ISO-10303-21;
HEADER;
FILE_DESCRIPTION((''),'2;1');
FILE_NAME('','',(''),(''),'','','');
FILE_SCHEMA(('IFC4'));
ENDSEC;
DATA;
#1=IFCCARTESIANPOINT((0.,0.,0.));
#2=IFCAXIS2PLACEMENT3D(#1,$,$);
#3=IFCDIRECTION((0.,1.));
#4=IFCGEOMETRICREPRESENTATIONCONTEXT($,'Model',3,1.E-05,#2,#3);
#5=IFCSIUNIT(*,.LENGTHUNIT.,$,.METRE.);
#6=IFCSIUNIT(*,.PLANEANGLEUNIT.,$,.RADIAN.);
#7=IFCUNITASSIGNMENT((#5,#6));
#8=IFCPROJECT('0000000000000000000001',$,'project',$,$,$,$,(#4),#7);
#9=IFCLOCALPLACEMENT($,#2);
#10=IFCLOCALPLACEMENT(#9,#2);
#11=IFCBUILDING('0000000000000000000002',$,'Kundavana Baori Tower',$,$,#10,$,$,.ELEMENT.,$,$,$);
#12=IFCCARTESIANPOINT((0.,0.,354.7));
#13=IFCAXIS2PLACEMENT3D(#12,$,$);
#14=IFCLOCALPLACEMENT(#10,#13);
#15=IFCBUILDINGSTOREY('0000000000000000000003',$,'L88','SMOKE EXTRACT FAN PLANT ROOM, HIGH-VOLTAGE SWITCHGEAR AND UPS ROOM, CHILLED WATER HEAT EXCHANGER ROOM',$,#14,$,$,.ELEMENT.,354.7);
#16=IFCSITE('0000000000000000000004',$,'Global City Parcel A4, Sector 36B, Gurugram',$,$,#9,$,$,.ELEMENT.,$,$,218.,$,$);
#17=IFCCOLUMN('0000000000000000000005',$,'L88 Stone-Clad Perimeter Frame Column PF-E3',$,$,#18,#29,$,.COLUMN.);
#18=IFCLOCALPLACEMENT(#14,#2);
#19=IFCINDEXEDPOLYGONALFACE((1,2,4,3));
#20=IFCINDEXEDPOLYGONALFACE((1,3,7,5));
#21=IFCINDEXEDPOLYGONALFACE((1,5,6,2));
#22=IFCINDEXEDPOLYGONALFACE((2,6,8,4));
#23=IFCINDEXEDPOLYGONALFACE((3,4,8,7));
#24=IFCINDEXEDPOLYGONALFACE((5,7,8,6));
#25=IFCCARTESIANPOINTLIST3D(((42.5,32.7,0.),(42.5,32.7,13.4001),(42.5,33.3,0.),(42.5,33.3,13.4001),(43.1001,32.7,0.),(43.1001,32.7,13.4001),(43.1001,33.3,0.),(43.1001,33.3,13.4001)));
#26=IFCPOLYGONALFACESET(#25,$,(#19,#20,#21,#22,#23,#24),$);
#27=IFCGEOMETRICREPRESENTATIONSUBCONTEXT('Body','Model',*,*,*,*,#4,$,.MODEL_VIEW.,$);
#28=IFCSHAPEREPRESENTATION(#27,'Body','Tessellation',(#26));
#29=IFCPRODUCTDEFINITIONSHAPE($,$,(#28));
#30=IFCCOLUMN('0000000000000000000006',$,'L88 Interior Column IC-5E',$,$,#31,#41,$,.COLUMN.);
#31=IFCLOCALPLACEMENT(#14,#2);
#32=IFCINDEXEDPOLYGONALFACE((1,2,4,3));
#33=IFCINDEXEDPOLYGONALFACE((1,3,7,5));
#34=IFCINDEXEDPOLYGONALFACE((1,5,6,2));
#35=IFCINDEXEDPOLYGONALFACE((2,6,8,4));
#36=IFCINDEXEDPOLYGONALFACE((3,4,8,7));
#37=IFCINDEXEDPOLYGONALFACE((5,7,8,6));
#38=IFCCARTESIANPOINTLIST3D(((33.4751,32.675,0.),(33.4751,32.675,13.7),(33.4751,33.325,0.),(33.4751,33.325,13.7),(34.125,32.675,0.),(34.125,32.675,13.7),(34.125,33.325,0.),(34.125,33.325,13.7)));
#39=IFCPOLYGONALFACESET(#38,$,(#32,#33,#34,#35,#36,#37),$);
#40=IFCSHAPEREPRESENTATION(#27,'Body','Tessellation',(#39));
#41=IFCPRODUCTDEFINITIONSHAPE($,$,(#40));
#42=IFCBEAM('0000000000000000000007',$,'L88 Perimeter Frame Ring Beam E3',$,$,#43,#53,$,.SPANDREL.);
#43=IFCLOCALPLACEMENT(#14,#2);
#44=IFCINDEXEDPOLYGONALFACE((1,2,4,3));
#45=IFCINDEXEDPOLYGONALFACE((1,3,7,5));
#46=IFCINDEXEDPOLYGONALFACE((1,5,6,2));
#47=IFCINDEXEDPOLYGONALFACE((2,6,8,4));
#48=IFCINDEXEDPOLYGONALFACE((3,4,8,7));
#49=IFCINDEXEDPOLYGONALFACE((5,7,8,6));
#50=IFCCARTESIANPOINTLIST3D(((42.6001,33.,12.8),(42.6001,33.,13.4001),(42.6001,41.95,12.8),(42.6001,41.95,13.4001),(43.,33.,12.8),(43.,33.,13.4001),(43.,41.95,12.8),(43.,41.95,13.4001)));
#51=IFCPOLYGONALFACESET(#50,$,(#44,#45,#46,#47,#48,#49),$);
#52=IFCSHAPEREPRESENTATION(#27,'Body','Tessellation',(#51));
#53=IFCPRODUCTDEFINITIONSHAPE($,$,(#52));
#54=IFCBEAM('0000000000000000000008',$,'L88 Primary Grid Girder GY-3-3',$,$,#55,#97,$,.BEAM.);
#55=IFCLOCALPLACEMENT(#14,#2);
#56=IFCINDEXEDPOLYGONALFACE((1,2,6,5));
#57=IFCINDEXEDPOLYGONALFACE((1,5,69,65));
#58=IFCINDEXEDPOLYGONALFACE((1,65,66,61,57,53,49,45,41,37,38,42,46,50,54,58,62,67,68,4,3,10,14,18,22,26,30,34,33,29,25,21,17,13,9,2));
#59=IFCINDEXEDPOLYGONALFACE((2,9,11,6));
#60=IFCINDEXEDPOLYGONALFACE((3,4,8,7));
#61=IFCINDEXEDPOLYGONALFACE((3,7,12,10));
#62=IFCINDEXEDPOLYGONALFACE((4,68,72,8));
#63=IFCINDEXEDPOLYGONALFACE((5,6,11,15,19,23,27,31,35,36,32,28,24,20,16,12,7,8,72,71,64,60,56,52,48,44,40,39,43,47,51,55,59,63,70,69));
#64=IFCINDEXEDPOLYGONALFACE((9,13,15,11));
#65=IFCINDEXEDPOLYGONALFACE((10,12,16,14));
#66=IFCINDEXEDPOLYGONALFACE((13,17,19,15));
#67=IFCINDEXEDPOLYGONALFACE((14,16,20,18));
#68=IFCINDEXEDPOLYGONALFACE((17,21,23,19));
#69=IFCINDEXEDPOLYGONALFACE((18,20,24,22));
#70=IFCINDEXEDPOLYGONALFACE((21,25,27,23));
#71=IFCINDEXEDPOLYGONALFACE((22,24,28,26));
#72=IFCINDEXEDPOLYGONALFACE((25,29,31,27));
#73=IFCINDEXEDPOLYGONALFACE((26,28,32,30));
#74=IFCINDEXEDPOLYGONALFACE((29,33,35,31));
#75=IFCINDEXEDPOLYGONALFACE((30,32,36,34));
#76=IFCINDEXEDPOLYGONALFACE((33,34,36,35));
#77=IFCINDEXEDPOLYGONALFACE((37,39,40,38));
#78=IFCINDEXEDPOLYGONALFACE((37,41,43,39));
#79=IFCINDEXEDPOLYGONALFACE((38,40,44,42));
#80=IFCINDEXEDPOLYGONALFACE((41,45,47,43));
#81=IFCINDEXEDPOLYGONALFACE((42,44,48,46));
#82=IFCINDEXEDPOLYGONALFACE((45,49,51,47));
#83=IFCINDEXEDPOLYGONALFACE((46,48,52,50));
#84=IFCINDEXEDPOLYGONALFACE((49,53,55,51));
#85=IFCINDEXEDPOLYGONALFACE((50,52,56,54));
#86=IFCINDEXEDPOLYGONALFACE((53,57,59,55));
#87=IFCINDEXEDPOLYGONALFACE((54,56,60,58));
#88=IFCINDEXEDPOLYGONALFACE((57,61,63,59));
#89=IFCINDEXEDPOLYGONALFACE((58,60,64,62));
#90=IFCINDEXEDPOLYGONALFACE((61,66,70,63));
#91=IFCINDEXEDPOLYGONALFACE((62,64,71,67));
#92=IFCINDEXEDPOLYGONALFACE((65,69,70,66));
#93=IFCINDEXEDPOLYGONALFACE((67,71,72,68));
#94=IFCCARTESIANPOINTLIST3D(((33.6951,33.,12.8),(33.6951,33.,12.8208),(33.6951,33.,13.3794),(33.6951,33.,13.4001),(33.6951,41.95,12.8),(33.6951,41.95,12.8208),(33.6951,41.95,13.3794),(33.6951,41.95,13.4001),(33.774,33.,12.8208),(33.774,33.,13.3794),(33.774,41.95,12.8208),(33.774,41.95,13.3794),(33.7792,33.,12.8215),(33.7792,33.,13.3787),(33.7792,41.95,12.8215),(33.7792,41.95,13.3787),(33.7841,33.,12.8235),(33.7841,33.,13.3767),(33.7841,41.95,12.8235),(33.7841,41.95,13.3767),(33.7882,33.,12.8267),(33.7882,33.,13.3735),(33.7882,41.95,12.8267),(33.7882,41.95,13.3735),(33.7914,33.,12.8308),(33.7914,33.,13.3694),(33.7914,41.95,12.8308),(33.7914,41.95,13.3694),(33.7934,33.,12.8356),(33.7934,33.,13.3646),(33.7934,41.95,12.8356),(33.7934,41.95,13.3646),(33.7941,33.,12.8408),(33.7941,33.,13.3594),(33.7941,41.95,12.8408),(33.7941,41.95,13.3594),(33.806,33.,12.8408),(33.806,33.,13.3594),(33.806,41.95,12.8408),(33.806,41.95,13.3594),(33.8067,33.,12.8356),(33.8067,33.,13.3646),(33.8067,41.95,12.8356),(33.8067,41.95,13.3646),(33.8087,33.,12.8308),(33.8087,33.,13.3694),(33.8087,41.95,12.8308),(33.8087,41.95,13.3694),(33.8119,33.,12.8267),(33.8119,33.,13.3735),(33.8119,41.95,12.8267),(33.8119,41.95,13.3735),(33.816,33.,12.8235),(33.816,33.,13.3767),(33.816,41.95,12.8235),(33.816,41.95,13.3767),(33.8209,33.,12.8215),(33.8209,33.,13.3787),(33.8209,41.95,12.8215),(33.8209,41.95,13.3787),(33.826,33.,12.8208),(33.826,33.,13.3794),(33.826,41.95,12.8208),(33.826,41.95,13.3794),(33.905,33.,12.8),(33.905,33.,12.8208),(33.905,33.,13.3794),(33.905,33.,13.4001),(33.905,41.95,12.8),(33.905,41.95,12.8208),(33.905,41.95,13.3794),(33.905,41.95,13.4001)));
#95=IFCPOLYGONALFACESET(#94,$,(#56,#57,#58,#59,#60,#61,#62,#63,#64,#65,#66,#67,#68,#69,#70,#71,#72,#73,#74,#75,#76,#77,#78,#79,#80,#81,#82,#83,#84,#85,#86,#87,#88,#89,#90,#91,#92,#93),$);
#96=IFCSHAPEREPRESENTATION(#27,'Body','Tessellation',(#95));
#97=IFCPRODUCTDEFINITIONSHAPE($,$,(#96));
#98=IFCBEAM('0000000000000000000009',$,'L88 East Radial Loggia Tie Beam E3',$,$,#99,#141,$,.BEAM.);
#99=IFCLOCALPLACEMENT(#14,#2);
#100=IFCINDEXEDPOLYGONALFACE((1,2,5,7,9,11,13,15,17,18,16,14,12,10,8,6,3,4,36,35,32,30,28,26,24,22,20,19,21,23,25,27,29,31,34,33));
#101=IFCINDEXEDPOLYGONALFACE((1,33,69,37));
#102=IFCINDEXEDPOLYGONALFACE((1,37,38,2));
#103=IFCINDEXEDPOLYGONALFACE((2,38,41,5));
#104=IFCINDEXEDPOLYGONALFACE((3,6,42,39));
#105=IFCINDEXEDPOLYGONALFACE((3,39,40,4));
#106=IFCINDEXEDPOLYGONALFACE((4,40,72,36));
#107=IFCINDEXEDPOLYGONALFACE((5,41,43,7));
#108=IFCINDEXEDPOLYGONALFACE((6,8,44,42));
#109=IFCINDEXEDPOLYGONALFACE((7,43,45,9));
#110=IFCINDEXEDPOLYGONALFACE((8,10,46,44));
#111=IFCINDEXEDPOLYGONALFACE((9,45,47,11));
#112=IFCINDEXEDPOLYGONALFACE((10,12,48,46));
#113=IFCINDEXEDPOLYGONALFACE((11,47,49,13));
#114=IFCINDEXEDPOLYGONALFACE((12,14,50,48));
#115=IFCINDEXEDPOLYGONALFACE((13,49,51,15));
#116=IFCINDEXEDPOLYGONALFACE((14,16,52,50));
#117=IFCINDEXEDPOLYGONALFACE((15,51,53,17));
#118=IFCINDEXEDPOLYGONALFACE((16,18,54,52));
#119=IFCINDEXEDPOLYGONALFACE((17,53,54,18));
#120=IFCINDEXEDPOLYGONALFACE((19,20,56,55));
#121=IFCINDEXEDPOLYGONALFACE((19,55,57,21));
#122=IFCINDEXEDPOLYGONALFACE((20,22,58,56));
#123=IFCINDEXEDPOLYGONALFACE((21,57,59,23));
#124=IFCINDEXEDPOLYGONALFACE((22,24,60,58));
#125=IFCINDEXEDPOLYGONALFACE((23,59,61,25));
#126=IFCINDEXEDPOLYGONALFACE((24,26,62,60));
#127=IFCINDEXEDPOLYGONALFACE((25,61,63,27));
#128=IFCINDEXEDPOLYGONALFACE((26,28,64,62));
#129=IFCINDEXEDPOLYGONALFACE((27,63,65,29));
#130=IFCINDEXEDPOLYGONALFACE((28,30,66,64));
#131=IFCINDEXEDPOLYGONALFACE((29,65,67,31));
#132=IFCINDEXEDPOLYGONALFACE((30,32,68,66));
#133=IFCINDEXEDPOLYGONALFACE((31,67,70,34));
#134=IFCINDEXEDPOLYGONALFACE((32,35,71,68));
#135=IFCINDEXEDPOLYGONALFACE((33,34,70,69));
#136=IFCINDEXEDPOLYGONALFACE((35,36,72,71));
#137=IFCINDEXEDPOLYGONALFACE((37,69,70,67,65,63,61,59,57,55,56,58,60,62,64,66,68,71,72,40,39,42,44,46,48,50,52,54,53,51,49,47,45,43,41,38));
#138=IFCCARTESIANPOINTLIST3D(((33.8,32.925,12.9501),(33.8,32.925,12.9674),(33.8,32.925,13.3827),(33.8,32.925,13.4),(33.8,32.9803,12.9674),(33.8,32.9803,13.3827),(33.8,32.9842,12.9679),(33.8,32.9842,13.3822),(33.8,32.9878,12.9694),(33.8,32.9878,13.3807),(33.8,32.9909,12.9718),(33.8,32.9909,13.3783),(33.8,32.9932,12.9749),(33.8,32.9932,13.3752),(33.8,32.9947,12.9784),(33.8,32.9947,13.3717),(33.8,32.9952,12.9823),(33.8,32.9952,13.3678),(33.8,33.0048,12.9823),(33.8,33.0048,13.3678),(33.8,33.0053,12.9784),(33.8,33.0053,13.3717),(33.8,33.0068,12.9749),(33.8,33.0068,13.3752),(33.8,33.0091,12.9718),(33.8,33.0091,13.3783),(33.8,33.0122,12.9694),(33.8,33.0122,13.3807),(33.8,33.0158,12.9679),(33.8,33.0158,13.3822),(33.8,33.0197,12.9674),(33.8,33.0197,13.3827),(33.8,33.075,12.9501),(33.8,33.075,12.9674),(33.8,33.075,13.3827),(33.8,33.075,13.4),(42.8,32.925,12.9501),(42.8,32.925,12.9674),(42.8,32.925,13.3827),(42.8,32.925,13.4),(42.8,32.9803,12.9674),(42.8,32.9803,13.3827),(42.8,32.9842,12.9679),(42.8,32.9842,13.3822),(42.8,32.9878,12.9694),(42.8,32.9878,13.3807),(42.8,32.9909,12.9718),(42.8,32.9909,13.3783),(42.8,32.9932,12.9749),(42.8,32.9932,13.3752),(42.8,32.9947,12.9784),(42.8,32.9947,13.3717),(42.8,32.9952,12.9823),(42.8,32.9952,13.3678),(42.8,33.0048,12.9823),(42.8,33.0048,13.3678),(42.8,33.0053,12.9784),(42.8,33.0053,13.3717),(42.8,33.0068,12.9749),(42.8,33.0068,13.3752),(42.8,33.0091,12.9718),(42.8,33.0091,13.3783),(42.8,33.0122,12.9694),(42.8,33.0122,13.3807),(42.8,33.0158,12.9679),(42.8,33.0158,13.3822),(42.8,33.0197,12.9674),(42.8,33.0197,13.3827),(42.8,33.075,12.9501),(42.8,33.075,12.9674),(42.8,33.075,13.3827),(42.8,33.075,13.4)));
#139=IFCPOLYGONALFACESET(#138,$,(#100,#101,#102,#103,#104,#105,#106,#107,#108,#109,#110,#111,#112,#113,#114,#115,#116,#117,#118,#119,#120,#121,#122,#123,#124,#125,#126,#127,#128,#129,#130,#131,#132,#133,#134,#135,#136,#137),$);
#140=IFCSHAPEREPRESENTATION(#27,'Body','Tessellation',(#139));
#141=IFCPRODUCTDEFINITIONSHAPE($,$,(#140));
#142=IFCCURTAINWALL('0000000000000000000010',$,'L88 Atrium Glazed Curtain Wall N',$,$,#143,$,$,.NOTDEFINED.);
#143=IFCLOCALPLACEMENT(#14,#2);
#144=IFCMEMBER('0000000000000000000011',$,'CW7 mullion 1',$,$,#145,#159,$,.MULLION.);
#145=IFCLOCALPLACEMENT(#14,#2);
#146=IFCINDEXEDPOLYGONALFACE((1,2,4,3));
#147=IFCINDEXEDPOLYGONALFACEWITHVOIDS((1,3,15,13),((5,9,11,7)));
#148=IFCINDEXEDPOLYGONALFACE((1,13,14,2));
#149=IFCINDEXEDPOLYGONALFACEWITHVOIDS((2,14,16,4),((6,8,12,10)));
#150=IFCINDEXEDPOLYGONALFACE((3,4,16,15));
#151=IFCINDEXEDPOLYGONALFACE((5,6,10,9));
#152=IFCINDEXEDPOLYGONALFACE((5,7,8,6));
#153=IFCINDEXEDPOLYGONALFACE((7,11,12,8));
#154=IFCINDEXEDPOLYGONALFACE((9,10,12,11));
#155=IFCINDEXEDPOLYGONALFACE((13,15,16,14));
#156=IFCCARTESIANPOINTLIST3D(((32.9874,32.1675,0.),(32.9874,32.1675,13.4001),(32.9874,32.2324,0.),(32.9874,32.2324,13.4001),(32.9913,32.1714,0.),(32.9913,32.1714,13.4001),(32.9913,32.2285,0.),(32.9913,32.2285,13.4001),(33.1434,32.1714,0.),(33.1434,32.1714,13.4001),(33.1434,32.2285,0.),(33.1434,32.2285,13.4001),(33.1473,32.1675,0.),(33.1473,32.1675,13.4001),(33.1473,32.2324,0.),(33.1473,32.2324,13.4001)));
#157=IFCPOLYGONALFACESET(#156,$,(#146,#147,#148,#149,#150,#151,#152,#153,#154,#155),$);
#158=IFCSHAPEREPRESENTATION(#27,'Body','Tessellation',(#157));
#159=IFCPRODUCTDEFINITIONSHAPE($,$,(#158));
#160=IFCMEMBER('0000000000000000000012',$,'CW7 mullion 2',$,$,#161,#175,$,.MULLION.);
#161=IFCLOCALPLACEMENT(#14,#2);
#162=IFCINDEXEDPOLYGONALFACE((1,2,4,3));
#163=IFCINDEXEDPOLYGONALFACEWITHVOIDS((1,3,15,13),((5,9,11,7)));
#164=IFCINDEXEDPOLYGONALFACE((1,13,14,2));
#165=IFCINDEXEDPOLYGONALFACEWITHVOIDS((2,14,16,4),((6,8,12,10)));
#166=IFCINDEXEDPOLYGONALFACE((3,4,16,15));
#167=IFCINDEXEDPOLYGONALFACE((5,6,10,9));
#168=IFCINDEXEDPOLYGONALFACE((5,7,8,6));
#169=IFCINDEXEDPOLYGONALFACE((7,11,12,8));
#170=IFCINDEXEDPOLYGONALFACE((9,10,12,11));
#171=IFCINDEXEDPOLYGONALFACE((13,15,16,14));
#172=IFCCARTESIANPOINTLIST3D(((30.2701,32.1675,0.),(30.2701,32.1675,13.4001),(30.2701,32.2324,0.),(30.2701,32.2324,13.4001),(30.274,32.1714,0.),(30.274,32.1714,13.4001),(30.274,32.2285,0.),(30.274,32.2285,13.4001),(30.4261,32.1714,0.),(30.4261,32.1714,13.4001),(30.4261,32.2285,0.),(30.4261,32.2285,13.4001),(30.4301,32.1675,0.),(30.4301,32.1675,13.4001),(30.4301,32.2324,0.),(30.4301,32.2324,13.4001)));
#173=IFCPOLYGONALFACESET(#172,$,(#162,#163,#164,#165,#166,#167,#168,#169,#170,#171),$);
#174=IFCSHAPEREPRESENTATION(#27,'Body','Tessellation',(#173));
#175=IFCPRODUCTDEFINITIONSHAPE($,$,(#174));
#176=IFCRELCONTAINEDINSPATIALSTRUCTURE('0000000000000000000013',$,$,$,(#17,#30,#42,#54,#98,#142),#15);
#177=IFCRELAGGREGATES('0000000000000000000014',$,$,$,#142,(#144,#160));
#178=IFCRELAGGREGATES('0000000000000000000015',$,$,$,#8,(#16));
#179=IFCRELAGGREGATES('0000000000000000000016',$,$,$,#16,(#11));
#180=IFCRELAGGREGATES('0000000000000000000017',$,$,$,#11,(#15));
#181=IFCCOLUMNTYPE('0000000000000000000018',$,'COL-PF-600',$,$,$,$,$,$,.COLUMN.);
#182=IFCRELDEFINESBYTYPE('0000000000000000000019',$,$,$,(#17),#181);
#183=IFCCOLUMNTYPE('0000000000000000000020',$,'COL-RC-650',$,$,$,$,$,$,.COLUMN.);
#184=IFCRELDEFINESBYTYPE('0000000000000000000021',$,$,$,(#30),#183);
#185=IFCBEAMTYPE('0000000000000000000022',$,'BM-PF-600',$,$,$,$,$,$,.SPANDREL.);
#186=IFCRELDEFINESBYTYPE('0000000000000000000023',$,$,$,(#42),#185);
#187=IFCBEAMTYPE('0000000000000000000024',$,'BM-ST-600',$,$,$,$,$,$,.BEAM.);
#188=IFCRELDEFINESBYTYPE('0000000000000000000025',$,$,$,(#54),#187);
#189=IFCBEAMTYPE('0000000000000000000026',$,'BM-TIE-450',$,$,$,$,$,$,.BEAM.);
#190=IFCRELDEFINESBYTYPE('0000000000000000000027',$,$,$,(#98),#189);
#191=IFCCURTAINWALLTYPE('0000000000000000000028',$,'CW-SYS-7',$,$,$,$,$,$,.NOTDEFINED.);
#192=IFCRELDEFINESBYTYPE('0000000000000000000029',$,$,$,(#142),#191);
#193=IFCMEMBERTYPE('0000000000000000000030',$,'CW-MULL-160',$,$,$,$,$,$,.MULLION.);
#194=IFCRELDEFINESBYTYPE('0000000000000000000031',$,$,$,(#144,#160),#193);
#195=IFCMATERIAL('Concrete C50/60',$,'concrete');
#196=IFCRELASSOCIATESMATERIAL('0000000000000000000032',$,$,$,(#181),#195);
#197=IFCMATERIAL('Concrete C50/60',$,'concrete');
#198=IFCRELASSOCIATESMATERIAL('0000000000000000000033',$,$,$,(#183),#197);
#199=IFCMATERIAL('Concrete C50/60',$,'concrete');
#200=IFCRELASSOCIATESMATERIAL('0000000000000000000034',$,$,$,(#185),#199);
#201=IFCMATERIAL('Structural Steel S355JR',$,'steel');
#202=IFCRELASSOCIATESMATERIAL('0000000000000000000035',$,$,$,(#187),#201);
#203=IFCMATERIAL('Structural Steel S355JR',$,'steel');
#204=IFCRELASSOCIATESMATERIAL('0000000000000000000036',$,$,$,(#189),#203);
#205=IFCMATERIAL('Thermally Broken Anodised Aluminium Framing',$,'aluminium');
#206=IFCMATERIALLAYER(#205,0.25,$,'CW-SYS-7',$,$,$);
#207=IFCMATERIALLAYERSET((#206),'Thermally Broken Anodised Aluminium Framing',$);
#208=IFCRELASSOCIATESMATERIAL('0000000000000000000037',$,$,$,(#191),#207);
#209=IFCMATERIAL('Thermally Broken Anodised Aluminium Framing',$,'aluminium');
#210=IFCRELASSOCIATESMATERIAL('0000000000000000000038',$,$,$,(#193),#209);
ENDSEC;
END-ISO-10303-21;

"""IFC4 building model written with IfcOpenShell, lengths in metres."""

from ifc_helpers import new_model, si_unit, direction, frame, origin, origin_2d, place, context, subcontext, project, spatial, rectangle, hollow_rectangle, i_section, extrude, material, layer, layer_set, material_profile, profile_set, type_object, element, aggregate, save


model = new_model("IFC4")

# Units and contexts
model_context = context("Model", 3, precision=1e-05, world=origin(), true_north=direction((0.0, 1.0)))
body_context = subcontext(model_context, "Body", "Model", "MODEL_VIEW")
ifc_project = project(units=[si_unit("LENGTHUNIT", "METRE"), si_unit("PLANEANGLEUNIT", "RADIAN")], contexts=[model_context])

# Site, building, storey
site_placement = place(None, origin())
site = spatial("IfcSite", under=ifc_project, at=site_placement, Name="Global City Parcel A4, Sector 36B, Gurugram", CompositionType="ELEMENT", RefElevation=218.0)
building_placement = place(site_placement, origin())
building = spatial("IfcBuilding", under=site, at=building_placement, Name="Kundavana Baori Tower", CompositionType="ELEMENT")
storey_placement = place(building_placement, frame((0.0, 0.0, 354.7)))
storey = spatial("IfcBuildingStorey", under=building, at=storey_placement, Name="L88", Description="SMOKE EXTRACT FAN PLANT ROOM, HIGH-VOLTAGE SWITCHGEAR AND UPS ROOM, CHILLED WATER HEAT EXCHANGER ROOM", CompositionType="ELEMENT", Elevation=354.7)

# Columns
ifc_material_1 = material(Name="Concrete C50/60", Category="concrete")
ifc_material_profile_1 = material_profile(ifc_material_1, rectangle(XDim=0.6001, YDim=0.6001, at=origin_2d()), Name="RC PF 600x600")
ifc_profile_set_1 = profile_set([ifc_material_profile_1], Name="Concrete C50/60")
column_type_1 = type_object("IfcColumnType", Name="COL-PF-600", PredefinedType="COLUMN", material=ifc_profile_set_1)
column_1_placement = place(storey_placement, frame((42.8, 33.0, 0.0), z_axis=(0.0, 0.0, 1.0), x_axis=(1.0, 0.0, 0.0)))
element("IfcColumn", 1, at=column_1_placement, inside=storey, type_object=column_type_1, Name="L88 Stone-Clad Perimeter Frame Column PF-E3", PredefinedType="COLUMN", context=body_context, shape_type="SweptSolid", body=[
    extrude(rectangle(XDim=0.6001, YDim=0.6001, at=origin_2d()), origin(), (0.0, 0.0, 1.0), 13.4001),
])
ifc_material_2 = material(Name="Concrete C50/60", Category="concrete")
ifc_material_profile_2 = material_profile(ifc_material_2, rectangle(XDim=0.6499, YDim=0.6499, at=origin_2d()), Name="RC 650x650")
ifc_profile_set_2 = profile_set([ifc_material_profile_2], Name="Concrete C50/60")
column_type_2 = type_object("IfcColumnType", Name="COL-RC-650", PredefinedType="COLUMN", material=ifc_profile_set_2)
column_2_placement = place(storey_placement, frame((33.8, 33.0, 0.0), z_axis=(0.0, 0.0, 1.0), x_axis=(1.0, 0.0, 0.0)))
element("IfcColumn", 2, at=column_2_placement, inside=storey, type_object=column_type_2, Name="L88 Interior Column IC-5E", PredefinedType="COLUMN", context=body_context, shape_type="SweptSolid", body=[
    extrude(rectangle(XDim=0.6499, YDim=0.6499, at=origin_2d()), origin(), (0.0, 0.0, 1.0), 13.7),
])

# Beams
ifc_material_3 = material(Name="Concrete C50/60", Category="concrete")
ifc_material_profile_3 = material_profile(ifc_material_3, rectangle(XDim=0.3999, YDim=0.6001, at=origin_2d()), Name="RC BM 400x600")
ifc_profile_set_3 = profile_set([ifc_material_profile_3], Name="Concrete C50/60")
beam_type_1 = type_object("IfcBeamType", Name="BM-PF-600", PredefinedType="SPANDREL", material=ifc_profile_set_3)
beam_1_placement = place(storey_placement, frame((42.8, 33.0, 13.1001), z_axis=(0.0, 1.0, 0.0), x_axis=(-1.0, 0.0, 0.0)))
element("IfcBeam", 3, at=beam_1_placement, inside=storey, type_object=beam_type_1, Name="L88 Perimeter Frame Ring Beam E3", PredefinedType="SPANDREL", context=body_context, shape_type="SweptSolid", body=[
    extrude(rectangle(XDim=0.3999, YDim=0.6001, at=origin_2d()), origin(), (0.0, 0.0, 1.0), 8.95),
])
ifc_material_4 = material(Name="Structural Steel S355JR", Category="steel")
ifc_material_profile_4 = material_profile(ifc_material_4, i_section(OverallWidth=0.21, OverallDepth=0.6001, WebThickness=0.012, FlangeThickness=0.0208, FilletRadius=0.02, at=origin_2d()), Name="ISMB 600")
ifc_profile_set_4 = profile_set([ifc_material_profile_4], Name="Structural Steel S355JR")
beam_type_2 = type_object("IfcBeamType", Name="BM-ST-600", PredefinedType="BEAM", material=ifc_profile_set_4)
beam_2_placement = place(storey_placement, frame((33.8, 33.0, 13.1001), z_axis=(0.0, 1.0, 0.0), x_axis=(-1.0, 0.0, 0.0)))
element("IfcBeam", 4, at=beam_2_placement, inside=storey, type_object=beam_type_2, Name="L88 Primary Grid Girder GY-3-3", PredefinedType="BEAM", context=body_context, shape_type="SweptSolid", body=[
    extrude(i_section(OverallWidth=0.21, OverallDepth=0.6001, WebThickness=0.012, FlangeThickness=0.0208, FilletRadius=0.02, at=origin_2d()), origin(), (0.0, 0.0, 1.0), 8.95),
])
ifc_material_5 = material(Name="Structural Steel S355JR", Category="steel")
ifc_material_profile_5 = material_profile(ifc_material_5, i_section(OverallWidth=0.1499, OverallDepth=0.45, WebThickness=0.0095, FlangeThickness=0.0173, FilletRadius=0.0149, at=origin_2d()), Name="ISMB 450")
ifc_profile_set_5 = profile_set([ifc_material_profile_5], Name="Structural Steel S355JR")
beam_type_3 = type_object("IfcBeamType", Name="BM-TIE-450", PredefinedType="BEAM", material=ifc_profile_set_5)
beam_3_placement = place(storey_placement, frame((33.8, 33.0, 13.175), z_axis=(1.0, 0.0, 0.0), x_axis=(0.0, 1.0, 0.0)))
element("IfcBeam", 5, at=beam_3_placement, inside=storey, type_object=beam_type_3, Name="L88 East Radial Loggia Tie Beam E3", PredefinedType="BEAM", context=body_context, shape_type="SweptSolid", body=[
    extrude(i_section(OverallWidth=0.1499, OverallDepth=0.45, WebThickness=0.0095, FlangeThickness=0.0173, FilletRadius=0.0149, at=origin_2d()), origin(), (0.0, 0.0, 1.0), 9.0),
])

# Curtain wall, members
ifc_material_6 = material(Name="Thermally Broken Anodised Aluminium Framing", Category="aluminium")
ifc_layer_1 = layer(ifc_material_6, 0.25, Name="CW-SYS-7")
ifc_layer_set_1 = layer_set([ifc_layer_1], Name="Thermally Broken Anodised Aluminium Framing")
curtain_wall_type = type_object("IfcCurtainWallType", Name="CW-SYS-7", PredefinedType="NOTDEFINED", material=ifc_layer_set_1)
curtain_wall_placement = place(storey_placement, origin())
curtain_wall = element("IfcCurtainWall", 6, at=curtain_wall_placement, inside=storey, type_object=curtain_wall_type, Name="L88 Atrium Glazed Curtain Wall N", PredefinedType="NOTDEFINED")
ifc_material_7 = material(Name="Thermally Broken Anodised Aluminium Framing", Category="aluminium")
ifc_material_profile_6 = material_profile(ifc_material_7, hollow_rectangle(XDim=0.0649, YDim=0.1599, WallThickness=0.0039, at=origin_2d()), Name="CW-MULL-160")
ifc_profile_set_6 = profile_set([ifc_material_profile_6], Name="Thermally Broken Anodised Aluminium Framing")
member_type_1 = type_object("IfcMemberType", Name="CW-MULL-160", PredefinedType="MULLION", material=ifc_profile_set_6)
member_1_placement = place(storey_placement, frame((33.0674, 32.2, 0.0), z_axis=(0.0, 0.0, 1.0), x_axis=(0.0, -1.0, 0.0)))
member_1 = element("IfcMember", 7, at=member_1_placement, type_object=member_type_1, Name="CW7 mullion 1", PredefinedType="MULLION", context=body_context, shape_type="SweptSolid", body=[
    extrude(hollow_rectangle(XDim=0.0649, YDim=0.1599, WallThickness=0.0039, at=origin_2d()), origin(), (0.0, 0.0, 1.0), 13.4001),
])
member_2_placement = place(storey_placement, frame((30.3501, 32.2, 0.0), z_axis=(0.0, 0.0, 1.0), x_axis=(0.0, -1.0, 0.0)))
member_2 = element("IfcMember", 8, at=member_2_placement, type_object=member_type_1, Name="CW7 mullion 2", PredefinedType="MULLION", context=body_context, shape_type="SweptSolid", body=[
    extrude(hollow_rectangle(XDim=0.0649, YDim=0.1599, WallThickness=0.0039, at=origin_2d()), origin(), (0.0, 0.0, 1.0), 13.4001),
])
aggregate(curtain_wall, [member_1, member_2])

save(model, "model.ifc")
